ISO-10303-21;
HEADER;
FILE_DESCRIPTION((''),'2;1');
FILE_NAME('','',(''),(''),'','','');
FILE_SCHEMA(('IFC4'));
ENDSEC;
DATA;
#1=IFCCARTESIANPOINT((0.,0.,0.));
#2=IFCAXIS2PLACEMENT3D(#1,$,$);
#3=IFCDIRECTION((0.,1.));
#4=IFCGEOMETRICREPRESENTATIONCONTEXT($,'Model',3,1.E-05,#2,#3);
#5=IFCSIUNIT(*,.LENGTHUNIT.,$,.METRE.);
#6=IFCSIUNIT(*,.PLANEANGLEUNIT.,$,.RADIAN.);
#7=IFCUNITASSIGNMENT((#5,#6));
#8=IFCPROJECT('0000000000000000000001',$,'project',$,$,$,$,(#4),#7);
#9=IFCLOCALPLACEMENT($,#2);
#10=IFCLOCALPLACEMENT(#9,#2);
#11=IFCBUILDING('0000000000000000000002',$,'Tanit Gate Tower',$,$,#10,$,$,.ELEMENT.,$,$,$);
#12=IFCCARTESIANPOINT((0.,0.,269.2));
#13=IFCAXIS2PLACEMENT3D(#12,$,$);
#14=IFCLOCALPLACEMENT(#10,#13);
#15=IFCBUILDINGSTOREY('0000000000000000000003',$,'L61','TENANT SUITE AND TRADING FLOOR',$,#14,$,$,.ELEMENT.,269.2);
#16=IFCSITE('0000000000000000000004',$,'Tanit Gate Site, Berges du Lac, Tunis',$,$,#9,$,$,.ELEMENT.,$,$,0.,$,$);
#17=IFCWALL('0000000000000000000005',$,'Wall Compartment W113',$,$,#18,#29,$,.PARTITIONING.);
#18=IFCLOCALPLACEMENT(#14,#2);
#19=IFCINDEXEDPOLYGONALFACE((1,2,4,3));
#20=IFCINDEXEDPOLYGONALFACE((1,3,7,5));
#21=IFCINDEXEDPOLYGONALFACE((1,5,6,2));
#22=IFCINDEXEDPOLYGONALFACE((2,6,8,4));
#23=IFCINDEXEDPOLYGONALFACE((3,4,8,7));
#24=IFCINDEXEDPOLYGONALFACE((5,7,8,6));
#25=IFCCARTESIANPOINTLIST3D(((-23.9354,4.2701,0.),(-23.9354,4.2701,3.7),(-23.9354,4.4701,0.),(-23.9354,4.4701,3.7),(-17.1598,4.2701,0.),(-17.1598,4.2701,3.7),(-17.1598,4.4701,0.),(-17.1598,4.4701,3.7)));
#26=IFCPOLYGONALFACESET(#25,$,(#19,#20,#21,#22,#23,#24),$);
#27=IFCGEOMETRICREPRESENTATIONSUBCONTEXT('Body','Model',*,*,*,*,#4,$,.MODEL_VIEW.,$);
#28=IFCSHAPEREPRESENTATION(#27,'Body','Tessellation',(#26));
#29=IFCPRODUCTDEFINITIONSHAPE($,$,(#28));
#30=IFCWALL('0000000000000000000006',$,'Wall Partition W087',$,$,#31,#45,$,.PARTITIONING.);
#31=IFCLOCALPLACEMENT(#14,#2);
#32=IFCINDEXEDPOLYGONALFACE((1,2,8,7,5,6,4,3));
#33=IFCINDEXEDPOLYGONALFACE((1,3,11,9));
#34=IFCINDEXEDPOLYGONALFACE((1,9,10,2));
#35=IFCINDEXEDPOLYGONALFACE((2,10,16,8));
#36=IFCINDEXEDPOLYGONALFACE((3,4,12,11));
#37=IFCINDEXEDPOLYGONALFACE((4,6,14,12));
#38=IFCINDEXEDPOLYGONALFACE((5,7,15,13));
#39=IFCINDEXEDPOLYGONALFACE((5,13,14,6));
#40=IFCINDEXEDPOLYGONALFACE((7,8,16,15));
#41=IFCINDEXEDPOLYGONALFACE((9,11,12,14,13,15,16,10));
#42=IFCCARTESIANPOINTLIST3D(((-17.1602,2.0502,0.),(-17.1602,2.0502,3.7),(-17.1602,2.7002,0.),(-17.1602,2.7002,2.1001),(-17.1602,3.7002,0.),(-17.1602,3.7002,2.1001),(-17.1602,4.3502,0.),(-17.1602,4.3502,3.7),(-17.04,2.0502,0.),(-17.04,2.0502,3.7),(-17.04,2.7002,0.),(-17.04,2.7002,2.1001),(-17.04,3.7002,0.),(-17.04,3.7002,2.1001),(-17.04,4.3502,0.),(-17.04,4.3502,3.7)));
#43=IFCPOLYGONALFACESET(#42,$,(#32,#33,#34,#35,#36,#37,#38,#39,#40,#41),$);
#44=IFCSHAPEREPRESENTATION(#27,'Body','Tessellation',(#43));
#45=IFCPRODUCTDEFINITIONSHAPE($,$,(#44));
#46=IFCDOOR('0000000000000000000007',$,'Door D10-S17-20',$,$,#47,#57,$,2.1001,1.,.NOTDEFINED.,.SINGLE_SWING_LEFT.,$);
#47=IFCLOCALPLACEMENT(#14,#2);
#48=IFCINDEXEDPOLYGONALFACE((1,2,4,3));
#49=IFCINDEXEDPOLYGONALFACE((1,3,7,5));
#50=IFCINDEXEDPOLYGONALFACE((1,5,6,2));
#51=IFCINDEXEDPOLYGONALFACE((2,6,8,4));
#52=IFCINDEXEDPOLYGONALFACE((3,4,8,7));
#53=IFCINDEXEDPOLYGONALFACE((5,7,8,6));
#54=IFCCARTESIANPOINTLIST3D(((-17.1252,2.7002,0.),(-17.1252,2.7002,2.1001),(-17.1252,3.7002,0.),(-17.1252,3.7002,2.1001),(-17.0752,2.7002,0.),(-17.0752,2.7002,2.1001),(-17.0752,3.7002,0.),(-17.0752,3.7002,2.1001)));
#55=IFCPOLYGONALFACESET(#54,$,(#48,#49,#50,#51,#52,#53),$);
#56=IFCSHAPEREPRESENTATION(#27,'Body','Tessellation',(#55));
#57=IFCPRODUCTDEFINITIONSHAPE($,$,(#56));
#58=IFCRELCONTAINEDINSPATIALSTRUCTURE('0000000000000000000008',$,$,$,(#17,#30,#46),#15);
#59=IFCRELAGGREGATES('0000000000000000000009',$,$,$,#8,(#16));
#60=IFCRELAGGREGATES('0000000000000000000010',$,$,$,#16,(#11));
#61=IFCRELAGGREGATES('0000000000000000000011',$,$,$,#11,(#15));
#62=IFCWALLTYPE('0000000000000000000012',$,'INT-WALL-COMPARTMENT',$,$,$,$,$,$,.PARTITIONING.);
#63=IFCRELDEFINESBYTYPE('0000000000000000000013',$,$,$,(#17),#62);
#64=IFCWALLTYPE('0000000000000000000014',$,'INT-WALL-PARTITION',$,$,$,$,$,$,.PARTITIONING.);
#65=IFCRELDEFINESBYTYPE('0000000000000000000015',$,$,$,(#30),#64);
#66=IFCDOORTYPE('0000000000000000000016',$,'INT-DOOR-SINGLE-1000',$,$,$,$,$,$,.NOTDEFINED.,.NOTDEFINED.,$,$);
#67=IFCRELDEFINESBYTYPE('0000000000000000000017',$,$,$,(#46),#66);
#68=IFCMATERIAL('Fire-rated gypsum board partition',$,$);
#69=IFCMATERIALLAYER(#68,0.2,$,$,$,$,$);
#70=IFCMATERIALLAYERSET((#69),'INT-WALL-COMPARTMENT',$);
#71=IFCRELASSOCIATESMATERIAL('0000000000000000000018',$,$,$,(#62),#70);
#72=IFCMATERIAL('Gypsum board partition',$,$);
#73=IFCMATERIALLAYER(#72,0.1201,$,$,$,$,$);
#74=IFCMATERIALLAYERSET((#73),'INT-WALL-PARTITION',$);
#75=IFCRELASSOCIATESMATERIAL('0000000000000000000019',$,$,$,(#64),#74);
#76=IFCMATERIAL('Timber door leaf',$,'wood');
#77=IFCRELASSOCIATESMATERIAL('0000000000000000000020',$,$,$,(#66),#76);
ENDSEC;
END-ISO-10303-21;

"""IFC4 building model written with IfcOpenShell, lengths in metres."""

from ifc_helpers import new_model, si_unit, direction, frame, frame_2d, origin, place, context, subcontext, project, spatial, rectangle, extrude, material, layer, layer_set, type_object, element, fill, save


model = new_model("IFC4")

# Units and contexts
model_context = context("Model", 3, precision=1e-05, world=origin(), true_north=direction((0.0, 1.0)))
body_context = subcontext(model_context, "Body", "Model", "MODEL_VIEW")
ifc_project = project(units=[si_unit("LENGTHUNIT", "METRE"), si_unit("PLANEANGLEUNIT", "RADIAN")], contexts=[model_context])

# Site, building, storey
site_placement = place(None, origin())
site = spatial("IfcSite", under=ifc_project, at=site_placement, Name="Tanit Gate Site, Berges du Lac, Tunis", CompositionType="ELEMENT", RefElevation=0.0)
building_placement = place(site_placement, origin())
building = spatial("IfcBuilding", under=site, at=building_placement, Name="Tanit Gate Tower", CompositionType="ELEMENT")
storey_placement = place(building_placement, frame((0.0, 0.0, 269.2)))
storey = spatial("IfcBuildingStorey", under=building, at=storey_placement, Name="L61", Description="TENANT SUITE AND TRADING FLOOR", CompositionType="ELEMENT", Elevation=269.2)

# Shared definitions
ifc_material_1 = material(Name="Fire-rated gypsum board partition")
ifc_layer_1 = layer(ifc_material_1, 0.2)
ifc_layer_set_1 = layer_set([ifc_layer_1], Name="INT-WALL-COMPARTMENT")
wall_type_1 = type_object("IfcWallType", Name="INT-WALL-COMPARTMENT", PredefinedType="PARTITIONING", material=ifc_layer_set_1)

# Wall
wall_1_placement = place(storey_placement, frame((-17.1599, 4.3701, 0.0), z_axis=(0.0, 0.0, 1.0), x_axis=(-1.0, 0.0, 0.0)))
element("IfcWall", 1, at=wall_1_placement, inside=storey, type_object=wall_type_1, Name="Wall Compartment W113", PredefinedType="PARTITIONING", context=body_context, shape_type="SweptSolid", body=[
    extrude(rectangle(XDim=6.7756, YDim=0.2, at=frame_2d((3.3877, 0.0))), origin(), (0.0, 0.0, 1.0), 3.7),
])

# Wall, opening, door
ifc_material_2 = material(Name="Gypsum board partition")
ifc_layer_2 = layer(ifc_material_2, 0.1201)
ifc_layer_set_2 = layer_set([ifc_layer_2], Name="INT-WALL-PARTITION")
wall_type_2 = type_object("IfcWallType", Name="INT-WALL-PARTITION", PredefinedType="PARTITIONING", material=ifc_layer_set_2)
wall_2_placement = place(storey_placement, frame((-17.1001, 4.3501, 0.0), z_axis=(0.0, 0.0, 1.0), x_axis=(0.0, -1.0, 0.0)))
wall_2 = element("IfcWall", 2, at=wall_2_placement, inside=storey, type_object=wall_type_2, Name="Wall Partition W087", PredefinedType="PARTITIONING", context=body_context, shape_type="SweptSolid", body=[
    extrude(rectangle(XDim=2.3, YDim=0.1201, at=frame_2d((1.1499, 0.0))), origin(), (0.0, 0.0, 1.0), 3.7),
])
opening_1_placement = place(wall_2_placement, frame((0.6499, 0.0, 0.0)))
opening_1 = element("IfcOpeningElement", 3, at=opening_1_placement, cuts=wall_2, PredefinedType="OPENING", context=body_context, shape_type="SweptSolid", body=[
    extrude(rectangle(XDim=1.0, YDim=2.1001, at=frame_2d((0.5, 1.05))), frame((0.0, 0.0701, 0.0), z_axis=(0.0, -1.0, 0.0), x_axis=(1.0, 0.0, 0.0)), (0.0, 0.0, 1.0), 0.1401),
])
ifc_material_3 = material(Name="Timber door leaf", Category="wood")
door_type_1 = type_object("IfcDoorType", Name="INT-DOOR-SINGLE-1000", OperationType="NOTDEFINED", PredefinedType="NOTDEFINED", material=ifc_material_3)
door_1_placement = place(opening_1_placement, origin())
door_1 = element("IfcDoor", 4, at=door_1_placement, inside=storey, type_object=door_type_1, Name="Door D10-S17-20", OperationType="SINGLE_SWING_LEFT", OverallHeight=2.1001, OverallWidth=1.0, PredefinedType="NOTDEFINED", context=body_context, shape_type="SweptSolid", body=[
    extrude(rectangle(XDim=1.0, YDim=2.1001, at=frame_2d((0.5, 1.05))), frame((0.0, 0.0249, 0.0), z_axis=(0.0, -1.0, 0.0), x_axis=(1.0, 0.0, 0.0)), (0.0, 0.0, 1.0), 0.05),
])
fill(opening_1, door_1)

save(model, "model.ifc")
